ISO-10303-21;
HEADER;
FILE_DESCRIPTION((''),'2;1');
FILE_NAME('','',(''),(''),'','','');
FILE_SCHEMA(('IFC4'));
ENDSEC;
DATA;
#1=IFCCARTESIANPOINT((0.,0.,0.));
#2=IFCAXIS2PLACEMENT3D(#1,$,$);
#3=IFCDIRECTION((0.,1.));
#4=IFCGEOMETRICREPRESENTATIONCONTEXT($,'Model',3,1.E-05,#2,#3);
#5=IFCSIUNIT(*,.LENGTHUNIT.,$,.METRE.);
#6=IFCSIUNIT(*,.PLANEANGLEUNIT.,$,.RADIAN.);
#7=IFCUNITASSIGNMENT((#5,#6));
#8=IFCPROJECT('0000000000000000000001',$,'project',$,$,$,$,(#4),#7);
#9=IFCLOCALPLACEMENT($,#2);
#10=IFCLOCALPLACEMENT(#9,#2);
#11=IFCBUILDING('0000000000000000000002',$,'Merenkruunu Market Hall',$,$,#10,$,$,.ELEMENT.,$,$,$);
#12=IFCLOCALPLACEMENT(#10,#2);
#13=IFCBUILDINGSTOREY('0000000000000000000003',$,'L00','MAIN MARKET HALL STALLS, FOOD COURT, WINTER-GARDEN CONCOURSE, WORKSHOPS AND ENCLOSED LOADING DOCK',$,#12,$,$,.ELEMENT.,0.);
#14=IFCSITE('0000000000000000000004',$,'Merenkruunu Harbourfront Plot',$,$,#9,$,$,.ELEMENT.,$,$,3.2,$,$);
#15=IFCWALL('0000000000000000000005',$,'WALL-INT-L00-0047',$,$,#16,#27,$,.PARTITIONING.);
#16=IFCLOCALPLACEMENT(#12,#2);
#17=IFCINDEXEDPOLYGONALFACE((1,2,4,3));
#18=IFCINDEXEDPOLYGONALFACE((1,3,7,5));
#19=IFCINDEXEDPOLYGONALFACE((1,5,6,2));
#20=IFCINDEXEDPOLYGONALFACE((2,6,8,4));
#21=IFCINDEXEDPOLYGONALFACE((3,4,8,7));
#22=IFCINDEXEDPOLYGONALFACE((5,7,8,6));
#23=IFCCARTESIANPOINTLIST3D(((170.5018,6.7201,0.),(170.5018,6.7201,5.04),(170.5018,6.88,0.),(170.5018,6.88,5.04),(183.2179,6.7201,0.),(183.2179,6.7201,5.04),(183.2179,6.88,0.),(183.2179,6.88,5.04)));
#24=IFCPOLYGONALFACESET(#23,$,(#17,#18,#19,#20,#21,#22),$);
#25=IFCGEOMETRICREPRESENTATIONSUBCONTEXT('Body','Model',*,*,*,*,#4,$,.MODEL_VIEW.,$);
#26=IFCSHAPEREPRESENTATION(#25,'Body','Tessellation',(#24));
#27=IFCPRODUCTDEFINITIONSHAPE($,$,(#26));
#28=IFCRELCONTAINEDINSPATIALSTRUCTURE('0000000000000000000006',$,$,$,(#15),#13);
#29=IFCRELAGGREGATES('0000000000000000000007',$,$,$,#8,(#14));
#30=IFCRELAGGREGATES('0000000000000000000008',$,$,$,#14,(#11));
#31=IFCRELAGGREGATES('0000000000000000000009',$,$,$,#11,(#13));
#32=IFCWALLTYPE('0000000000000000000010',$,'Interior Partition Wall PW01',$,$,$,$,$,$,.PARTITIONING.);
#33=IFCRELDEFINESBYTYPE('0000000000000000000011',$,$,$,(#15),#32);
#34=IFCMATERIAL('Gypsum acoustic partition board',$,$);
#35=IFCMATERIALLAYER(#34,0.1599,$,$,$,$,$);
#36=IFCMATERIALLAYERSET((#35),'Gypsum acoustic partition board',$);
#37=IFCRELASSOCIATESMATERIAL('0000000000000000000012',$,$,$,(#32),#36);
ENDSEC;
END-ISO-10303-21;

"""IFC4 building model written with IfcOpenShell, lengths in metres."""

from ifc_helpers import new_model, si_unit, direction, frame, frame_2d, origin, place, context, subcontext, project, spatial, rectangle, extrude, material, layer, layer_set, type_object, element, save


model = new_model("IFC4")

# Units and contexts
model_context = context("Model", 3, precision=1e-05, world=origin(), true_north=direction((0.0, 1.0)))
body_context = subcontext(model_context, "Body", "Model", "MODEL_VIEW")
ifc_project = project(units=[si_unit("LENGTHUNIT", "METRE"), si_unit("PLANEANGLEUNIT", "RADIAN")], contexts=[model_context])

# Site, building, storey
site_placement = place(None, origin())
site = spatial("IfcSite", under=ifc_project, at=site_placement, Name="Merenkruunu Harbourfront Plot", CompositionType="ELEMENT", RefElevation=3.2)
building_placement = place(site_placement, origin())
building = spatial("IfcBuilding", under=site, at=building_placement, Name="Merenkruunu Market Hall", CompositionType="ELEMENT")
storey_placement = place(building_placement, origin())
storey = spatial("IfcBuildingStorey", under=building, at=storey_placement, Name="L00", Description="MAIN MARKET HALL STALLS, FOOD COURT, WINTER-GARDEN CONCOURSE, WORKSHOPS AND ENCLOSED LOADING DOCK", CompositionType="ELEMENT", Elevation=0.0)

# Shared definitions
ifc_material_1 = material(Name="Gypsum acoustic partition board")
ifc_layer_1 = layer(ifc_material_1, 0.1599)
ifc_layer_set_1 = layer_set([ifc_layer_1], Name="Gypsum acoustic partition board")
wall_type_1 = type_object("IfcWallType", Name="Interior Partition Wall PW01", PredefinedType="PARTITIONING", material=ifc_layer_set_1)

# Wall
wall_1_placement = place(storey_placement, frame((170.502, 6.8, 0.0), z_axis=(0.0, 0.0, 1.0), x_axis=(1.0, 0.0, 0.0)))
element("IfcWall", 1, at=wall_1_placement, inside=storey, type_object=wall_type_1, Name="WALL-INT-L00-0047", PredefinedType="PARTITIONING", context=body_context, shape_type="SweptSolid", body=[
    extrude(rectangle(XDim=12.7161, YDim=0.1599, at=frame_2d((6.3579, 0.0))), origin(), (0.0, 0.0, 1.0), 5.04),
])

save(model, "model.ifc")
